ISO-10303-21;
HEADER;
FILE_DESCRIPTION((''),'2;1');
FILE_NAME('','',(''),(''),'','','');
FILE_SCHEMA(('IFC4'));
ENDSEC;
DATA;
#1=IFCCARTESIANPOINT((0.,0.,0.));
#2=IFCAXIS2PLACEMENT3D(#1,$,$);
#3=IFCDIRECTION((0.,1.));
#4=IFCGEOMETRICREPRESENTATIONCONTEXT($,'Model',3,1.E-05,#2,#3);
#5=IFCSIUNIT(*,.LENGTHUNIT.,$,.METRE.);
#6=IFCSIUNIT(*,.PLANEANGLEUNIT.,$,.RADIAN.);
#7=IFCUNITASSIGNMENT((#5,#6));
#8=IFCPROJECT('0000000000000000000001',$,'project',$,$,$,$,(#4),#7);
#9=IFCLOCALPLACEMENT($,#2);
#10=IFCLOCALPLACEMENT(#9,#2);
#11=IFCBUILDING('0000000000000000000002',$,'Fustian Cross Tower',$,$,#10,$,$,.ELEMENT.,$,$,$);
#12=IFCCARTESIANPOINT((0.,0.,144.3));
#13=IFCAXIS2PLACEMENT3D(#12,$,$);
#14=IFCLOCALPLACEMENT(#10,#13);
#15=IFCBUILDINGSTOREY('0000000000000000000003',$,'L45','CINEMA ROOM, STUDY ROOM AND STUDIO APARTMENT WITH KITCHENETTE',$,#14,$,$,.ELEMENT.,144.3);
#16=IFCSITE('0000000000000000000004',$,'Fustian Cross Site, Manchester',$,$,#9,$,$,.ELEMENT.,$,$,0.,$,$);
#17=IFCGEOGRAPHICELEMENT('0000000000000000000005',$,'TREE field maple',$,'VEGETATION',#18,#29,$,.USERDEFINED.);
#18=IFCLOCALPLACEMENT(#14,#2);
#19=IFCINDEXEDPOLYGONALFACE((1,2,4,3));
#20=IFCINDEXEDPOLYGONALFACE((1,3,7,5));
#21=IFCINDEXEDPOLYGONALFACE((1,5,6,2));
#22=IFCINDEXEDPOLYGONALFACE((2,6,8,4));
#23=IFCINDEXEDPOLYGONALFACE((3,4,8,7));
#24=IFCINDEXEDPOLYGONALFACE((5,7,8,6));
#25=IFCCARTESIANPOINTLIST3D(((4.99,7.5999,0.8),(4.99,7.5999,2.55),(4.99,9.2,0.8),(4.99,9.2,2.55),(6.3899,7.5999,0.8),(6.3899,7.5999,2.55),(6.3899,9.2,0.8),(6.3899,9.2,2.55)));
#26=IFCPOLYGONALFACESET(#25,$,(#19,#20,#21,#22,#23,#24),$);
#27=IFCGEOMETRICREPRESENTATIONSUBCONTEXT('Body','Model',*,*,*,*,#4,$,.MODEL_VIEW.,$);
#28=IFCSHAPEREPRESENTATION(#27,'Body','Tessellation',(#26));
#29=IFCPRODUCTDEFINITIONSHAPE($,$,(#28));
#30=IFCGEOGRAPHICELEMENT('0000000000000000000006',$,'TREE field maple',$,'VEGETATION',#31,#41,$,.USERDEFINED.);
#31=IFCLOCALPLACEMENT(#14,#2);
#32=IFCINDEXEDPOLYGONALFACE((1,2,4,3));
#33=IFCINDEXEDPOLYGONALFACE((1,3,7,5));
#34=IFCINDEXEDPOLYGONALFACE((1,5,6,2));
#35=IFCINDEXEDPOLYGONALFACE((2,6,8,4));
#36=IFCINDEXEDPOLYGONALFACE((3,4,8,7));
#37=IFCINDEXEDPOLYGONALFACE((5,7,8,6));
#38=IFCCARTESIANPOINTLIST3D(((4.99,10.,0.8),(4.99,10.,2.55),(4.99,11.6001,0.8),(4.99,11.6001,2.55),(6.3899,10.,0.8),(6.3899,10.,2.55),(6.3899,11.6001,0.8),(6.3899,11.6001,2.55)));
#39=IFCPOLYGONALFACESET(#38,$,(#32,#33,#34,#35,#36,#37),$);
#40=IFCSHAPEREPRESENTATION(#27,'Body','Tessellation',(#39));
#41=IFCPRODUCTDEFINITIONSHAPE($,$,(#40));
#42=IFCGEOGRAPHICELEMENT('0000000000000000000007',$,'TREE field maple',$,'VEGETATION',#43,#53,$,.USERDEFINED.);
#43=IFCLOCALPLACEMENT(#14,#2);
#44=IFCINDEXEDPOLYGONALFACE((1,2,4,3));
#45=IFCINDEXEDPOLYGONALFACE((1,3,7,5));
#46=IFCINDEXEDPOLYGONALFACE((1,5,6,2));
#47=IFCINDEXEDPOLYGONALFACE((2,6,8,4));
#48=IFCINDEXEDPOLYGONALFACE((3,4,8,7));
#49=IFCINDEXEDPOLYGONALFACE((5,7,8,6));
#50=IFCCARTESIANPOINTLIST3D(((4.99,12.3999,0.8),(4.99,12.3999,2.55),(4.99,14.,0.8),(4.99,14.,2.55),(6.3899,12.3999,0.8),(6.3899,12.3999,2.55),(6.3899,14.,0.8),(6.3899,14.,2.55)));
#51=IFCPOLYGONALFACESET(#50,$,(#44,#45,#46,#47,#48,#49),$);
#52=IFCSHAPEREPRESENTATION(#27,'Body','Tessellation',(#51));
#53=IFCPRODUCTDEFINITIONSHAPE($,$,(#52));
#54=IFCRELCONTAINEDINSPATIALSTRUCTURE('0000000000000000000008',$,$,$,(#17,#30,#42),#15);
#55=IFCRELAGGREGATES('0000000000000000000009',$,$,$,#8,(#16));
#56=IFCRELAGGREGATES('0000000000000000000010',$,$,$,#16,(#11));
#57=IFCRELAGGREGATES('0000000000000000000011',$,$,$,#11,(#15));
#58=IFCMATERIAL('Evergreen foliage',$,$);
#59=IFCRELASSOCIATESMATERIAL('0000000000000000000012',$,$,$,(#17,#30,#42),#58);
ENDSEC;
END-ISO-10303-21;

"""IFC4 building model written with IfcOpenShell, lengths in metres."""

from ifc_helpers import new_model, si_unit, direction, frame, origin, origin_2d, place, context, subcontext, project, spatial, rectangle, extrude, material, element, save


model = new_model("IFC4")

# Units and contexts
model_context = context("Model", 3, precision=1e-05, world=origin(), true_north=direction((0.0, 1.0)))
body_context = subcontext(model_context, "Body", "Model", "MODEL_VIEW")
ifc_project = project(units=[si_unit("LENGTHUNIT", "METRE"), si_unit("PLANEANGLEUNIT", "RADIAN")], contexts=[model_context])

# Site, building, storey
site_placement = place(None, origin())
site = spatial("IfcSite", under=ifc_project, at=site_placement, Name="Fustian Cross Site, Manchester", CompositionType="ELEMENT", RefElevation=0.0)
building_placement = place(site_placement, origin())
building = spatial("IfcBuilding", under=site, at=building_placement, Name="Fustian Cross Tower", CompositionType="ELEMENT")
storey_placement = place(building_placement, frame((0.0, 0.0, 144.3)))
storey = spatial("IfcBuildingStorey", under=building, at=storey_placement, Name="L45", Description="CINEMA ROOM, STUDY ROOM AND STUDIO APARTMENT WITH KITCHENETTE", CompositionType="ELEMENT", Elevation=144.3)

# Geographic elements
ifc_material_1 = material(Name="Evergreen foliage")
for number, where, z_axis, x_axis, name in (
    (1, (5.6899, 8.3999, 0.8), (0.0, 0.0, 1.0), (1.0, 0.0, 0.0), "TREE field maple"),
    (2, (5.6899, 10.8, 0.8), (0.0, 0.0, 1.0), (1.0, 0.0, 0.0), "TREE field maple"),
    (3, (5.6899, 13.2, 0.8), (0.0, 0.0, 1.0), (1.0, 0.0, 0.0), "TREE field maple"),
):
    element("IfcGeographicElement", number, at=place(storey_placement, frame(where, z_axis=z_axis, x_axis=x_axis)), inside=storey, material=ifc_material_1, Name=name, ObjectType="VEGETATION", PredefinedType="USERDEFINED", context=body_context, shape_type="SweptSolid", body=[
        extrude(rectangle(XDim=1.3999, YDim=1.6001, at=origin_2d()), origin(), (0.0, 0.0, 1.0), 1.75),
    ])

save(model, "model.ifc")
